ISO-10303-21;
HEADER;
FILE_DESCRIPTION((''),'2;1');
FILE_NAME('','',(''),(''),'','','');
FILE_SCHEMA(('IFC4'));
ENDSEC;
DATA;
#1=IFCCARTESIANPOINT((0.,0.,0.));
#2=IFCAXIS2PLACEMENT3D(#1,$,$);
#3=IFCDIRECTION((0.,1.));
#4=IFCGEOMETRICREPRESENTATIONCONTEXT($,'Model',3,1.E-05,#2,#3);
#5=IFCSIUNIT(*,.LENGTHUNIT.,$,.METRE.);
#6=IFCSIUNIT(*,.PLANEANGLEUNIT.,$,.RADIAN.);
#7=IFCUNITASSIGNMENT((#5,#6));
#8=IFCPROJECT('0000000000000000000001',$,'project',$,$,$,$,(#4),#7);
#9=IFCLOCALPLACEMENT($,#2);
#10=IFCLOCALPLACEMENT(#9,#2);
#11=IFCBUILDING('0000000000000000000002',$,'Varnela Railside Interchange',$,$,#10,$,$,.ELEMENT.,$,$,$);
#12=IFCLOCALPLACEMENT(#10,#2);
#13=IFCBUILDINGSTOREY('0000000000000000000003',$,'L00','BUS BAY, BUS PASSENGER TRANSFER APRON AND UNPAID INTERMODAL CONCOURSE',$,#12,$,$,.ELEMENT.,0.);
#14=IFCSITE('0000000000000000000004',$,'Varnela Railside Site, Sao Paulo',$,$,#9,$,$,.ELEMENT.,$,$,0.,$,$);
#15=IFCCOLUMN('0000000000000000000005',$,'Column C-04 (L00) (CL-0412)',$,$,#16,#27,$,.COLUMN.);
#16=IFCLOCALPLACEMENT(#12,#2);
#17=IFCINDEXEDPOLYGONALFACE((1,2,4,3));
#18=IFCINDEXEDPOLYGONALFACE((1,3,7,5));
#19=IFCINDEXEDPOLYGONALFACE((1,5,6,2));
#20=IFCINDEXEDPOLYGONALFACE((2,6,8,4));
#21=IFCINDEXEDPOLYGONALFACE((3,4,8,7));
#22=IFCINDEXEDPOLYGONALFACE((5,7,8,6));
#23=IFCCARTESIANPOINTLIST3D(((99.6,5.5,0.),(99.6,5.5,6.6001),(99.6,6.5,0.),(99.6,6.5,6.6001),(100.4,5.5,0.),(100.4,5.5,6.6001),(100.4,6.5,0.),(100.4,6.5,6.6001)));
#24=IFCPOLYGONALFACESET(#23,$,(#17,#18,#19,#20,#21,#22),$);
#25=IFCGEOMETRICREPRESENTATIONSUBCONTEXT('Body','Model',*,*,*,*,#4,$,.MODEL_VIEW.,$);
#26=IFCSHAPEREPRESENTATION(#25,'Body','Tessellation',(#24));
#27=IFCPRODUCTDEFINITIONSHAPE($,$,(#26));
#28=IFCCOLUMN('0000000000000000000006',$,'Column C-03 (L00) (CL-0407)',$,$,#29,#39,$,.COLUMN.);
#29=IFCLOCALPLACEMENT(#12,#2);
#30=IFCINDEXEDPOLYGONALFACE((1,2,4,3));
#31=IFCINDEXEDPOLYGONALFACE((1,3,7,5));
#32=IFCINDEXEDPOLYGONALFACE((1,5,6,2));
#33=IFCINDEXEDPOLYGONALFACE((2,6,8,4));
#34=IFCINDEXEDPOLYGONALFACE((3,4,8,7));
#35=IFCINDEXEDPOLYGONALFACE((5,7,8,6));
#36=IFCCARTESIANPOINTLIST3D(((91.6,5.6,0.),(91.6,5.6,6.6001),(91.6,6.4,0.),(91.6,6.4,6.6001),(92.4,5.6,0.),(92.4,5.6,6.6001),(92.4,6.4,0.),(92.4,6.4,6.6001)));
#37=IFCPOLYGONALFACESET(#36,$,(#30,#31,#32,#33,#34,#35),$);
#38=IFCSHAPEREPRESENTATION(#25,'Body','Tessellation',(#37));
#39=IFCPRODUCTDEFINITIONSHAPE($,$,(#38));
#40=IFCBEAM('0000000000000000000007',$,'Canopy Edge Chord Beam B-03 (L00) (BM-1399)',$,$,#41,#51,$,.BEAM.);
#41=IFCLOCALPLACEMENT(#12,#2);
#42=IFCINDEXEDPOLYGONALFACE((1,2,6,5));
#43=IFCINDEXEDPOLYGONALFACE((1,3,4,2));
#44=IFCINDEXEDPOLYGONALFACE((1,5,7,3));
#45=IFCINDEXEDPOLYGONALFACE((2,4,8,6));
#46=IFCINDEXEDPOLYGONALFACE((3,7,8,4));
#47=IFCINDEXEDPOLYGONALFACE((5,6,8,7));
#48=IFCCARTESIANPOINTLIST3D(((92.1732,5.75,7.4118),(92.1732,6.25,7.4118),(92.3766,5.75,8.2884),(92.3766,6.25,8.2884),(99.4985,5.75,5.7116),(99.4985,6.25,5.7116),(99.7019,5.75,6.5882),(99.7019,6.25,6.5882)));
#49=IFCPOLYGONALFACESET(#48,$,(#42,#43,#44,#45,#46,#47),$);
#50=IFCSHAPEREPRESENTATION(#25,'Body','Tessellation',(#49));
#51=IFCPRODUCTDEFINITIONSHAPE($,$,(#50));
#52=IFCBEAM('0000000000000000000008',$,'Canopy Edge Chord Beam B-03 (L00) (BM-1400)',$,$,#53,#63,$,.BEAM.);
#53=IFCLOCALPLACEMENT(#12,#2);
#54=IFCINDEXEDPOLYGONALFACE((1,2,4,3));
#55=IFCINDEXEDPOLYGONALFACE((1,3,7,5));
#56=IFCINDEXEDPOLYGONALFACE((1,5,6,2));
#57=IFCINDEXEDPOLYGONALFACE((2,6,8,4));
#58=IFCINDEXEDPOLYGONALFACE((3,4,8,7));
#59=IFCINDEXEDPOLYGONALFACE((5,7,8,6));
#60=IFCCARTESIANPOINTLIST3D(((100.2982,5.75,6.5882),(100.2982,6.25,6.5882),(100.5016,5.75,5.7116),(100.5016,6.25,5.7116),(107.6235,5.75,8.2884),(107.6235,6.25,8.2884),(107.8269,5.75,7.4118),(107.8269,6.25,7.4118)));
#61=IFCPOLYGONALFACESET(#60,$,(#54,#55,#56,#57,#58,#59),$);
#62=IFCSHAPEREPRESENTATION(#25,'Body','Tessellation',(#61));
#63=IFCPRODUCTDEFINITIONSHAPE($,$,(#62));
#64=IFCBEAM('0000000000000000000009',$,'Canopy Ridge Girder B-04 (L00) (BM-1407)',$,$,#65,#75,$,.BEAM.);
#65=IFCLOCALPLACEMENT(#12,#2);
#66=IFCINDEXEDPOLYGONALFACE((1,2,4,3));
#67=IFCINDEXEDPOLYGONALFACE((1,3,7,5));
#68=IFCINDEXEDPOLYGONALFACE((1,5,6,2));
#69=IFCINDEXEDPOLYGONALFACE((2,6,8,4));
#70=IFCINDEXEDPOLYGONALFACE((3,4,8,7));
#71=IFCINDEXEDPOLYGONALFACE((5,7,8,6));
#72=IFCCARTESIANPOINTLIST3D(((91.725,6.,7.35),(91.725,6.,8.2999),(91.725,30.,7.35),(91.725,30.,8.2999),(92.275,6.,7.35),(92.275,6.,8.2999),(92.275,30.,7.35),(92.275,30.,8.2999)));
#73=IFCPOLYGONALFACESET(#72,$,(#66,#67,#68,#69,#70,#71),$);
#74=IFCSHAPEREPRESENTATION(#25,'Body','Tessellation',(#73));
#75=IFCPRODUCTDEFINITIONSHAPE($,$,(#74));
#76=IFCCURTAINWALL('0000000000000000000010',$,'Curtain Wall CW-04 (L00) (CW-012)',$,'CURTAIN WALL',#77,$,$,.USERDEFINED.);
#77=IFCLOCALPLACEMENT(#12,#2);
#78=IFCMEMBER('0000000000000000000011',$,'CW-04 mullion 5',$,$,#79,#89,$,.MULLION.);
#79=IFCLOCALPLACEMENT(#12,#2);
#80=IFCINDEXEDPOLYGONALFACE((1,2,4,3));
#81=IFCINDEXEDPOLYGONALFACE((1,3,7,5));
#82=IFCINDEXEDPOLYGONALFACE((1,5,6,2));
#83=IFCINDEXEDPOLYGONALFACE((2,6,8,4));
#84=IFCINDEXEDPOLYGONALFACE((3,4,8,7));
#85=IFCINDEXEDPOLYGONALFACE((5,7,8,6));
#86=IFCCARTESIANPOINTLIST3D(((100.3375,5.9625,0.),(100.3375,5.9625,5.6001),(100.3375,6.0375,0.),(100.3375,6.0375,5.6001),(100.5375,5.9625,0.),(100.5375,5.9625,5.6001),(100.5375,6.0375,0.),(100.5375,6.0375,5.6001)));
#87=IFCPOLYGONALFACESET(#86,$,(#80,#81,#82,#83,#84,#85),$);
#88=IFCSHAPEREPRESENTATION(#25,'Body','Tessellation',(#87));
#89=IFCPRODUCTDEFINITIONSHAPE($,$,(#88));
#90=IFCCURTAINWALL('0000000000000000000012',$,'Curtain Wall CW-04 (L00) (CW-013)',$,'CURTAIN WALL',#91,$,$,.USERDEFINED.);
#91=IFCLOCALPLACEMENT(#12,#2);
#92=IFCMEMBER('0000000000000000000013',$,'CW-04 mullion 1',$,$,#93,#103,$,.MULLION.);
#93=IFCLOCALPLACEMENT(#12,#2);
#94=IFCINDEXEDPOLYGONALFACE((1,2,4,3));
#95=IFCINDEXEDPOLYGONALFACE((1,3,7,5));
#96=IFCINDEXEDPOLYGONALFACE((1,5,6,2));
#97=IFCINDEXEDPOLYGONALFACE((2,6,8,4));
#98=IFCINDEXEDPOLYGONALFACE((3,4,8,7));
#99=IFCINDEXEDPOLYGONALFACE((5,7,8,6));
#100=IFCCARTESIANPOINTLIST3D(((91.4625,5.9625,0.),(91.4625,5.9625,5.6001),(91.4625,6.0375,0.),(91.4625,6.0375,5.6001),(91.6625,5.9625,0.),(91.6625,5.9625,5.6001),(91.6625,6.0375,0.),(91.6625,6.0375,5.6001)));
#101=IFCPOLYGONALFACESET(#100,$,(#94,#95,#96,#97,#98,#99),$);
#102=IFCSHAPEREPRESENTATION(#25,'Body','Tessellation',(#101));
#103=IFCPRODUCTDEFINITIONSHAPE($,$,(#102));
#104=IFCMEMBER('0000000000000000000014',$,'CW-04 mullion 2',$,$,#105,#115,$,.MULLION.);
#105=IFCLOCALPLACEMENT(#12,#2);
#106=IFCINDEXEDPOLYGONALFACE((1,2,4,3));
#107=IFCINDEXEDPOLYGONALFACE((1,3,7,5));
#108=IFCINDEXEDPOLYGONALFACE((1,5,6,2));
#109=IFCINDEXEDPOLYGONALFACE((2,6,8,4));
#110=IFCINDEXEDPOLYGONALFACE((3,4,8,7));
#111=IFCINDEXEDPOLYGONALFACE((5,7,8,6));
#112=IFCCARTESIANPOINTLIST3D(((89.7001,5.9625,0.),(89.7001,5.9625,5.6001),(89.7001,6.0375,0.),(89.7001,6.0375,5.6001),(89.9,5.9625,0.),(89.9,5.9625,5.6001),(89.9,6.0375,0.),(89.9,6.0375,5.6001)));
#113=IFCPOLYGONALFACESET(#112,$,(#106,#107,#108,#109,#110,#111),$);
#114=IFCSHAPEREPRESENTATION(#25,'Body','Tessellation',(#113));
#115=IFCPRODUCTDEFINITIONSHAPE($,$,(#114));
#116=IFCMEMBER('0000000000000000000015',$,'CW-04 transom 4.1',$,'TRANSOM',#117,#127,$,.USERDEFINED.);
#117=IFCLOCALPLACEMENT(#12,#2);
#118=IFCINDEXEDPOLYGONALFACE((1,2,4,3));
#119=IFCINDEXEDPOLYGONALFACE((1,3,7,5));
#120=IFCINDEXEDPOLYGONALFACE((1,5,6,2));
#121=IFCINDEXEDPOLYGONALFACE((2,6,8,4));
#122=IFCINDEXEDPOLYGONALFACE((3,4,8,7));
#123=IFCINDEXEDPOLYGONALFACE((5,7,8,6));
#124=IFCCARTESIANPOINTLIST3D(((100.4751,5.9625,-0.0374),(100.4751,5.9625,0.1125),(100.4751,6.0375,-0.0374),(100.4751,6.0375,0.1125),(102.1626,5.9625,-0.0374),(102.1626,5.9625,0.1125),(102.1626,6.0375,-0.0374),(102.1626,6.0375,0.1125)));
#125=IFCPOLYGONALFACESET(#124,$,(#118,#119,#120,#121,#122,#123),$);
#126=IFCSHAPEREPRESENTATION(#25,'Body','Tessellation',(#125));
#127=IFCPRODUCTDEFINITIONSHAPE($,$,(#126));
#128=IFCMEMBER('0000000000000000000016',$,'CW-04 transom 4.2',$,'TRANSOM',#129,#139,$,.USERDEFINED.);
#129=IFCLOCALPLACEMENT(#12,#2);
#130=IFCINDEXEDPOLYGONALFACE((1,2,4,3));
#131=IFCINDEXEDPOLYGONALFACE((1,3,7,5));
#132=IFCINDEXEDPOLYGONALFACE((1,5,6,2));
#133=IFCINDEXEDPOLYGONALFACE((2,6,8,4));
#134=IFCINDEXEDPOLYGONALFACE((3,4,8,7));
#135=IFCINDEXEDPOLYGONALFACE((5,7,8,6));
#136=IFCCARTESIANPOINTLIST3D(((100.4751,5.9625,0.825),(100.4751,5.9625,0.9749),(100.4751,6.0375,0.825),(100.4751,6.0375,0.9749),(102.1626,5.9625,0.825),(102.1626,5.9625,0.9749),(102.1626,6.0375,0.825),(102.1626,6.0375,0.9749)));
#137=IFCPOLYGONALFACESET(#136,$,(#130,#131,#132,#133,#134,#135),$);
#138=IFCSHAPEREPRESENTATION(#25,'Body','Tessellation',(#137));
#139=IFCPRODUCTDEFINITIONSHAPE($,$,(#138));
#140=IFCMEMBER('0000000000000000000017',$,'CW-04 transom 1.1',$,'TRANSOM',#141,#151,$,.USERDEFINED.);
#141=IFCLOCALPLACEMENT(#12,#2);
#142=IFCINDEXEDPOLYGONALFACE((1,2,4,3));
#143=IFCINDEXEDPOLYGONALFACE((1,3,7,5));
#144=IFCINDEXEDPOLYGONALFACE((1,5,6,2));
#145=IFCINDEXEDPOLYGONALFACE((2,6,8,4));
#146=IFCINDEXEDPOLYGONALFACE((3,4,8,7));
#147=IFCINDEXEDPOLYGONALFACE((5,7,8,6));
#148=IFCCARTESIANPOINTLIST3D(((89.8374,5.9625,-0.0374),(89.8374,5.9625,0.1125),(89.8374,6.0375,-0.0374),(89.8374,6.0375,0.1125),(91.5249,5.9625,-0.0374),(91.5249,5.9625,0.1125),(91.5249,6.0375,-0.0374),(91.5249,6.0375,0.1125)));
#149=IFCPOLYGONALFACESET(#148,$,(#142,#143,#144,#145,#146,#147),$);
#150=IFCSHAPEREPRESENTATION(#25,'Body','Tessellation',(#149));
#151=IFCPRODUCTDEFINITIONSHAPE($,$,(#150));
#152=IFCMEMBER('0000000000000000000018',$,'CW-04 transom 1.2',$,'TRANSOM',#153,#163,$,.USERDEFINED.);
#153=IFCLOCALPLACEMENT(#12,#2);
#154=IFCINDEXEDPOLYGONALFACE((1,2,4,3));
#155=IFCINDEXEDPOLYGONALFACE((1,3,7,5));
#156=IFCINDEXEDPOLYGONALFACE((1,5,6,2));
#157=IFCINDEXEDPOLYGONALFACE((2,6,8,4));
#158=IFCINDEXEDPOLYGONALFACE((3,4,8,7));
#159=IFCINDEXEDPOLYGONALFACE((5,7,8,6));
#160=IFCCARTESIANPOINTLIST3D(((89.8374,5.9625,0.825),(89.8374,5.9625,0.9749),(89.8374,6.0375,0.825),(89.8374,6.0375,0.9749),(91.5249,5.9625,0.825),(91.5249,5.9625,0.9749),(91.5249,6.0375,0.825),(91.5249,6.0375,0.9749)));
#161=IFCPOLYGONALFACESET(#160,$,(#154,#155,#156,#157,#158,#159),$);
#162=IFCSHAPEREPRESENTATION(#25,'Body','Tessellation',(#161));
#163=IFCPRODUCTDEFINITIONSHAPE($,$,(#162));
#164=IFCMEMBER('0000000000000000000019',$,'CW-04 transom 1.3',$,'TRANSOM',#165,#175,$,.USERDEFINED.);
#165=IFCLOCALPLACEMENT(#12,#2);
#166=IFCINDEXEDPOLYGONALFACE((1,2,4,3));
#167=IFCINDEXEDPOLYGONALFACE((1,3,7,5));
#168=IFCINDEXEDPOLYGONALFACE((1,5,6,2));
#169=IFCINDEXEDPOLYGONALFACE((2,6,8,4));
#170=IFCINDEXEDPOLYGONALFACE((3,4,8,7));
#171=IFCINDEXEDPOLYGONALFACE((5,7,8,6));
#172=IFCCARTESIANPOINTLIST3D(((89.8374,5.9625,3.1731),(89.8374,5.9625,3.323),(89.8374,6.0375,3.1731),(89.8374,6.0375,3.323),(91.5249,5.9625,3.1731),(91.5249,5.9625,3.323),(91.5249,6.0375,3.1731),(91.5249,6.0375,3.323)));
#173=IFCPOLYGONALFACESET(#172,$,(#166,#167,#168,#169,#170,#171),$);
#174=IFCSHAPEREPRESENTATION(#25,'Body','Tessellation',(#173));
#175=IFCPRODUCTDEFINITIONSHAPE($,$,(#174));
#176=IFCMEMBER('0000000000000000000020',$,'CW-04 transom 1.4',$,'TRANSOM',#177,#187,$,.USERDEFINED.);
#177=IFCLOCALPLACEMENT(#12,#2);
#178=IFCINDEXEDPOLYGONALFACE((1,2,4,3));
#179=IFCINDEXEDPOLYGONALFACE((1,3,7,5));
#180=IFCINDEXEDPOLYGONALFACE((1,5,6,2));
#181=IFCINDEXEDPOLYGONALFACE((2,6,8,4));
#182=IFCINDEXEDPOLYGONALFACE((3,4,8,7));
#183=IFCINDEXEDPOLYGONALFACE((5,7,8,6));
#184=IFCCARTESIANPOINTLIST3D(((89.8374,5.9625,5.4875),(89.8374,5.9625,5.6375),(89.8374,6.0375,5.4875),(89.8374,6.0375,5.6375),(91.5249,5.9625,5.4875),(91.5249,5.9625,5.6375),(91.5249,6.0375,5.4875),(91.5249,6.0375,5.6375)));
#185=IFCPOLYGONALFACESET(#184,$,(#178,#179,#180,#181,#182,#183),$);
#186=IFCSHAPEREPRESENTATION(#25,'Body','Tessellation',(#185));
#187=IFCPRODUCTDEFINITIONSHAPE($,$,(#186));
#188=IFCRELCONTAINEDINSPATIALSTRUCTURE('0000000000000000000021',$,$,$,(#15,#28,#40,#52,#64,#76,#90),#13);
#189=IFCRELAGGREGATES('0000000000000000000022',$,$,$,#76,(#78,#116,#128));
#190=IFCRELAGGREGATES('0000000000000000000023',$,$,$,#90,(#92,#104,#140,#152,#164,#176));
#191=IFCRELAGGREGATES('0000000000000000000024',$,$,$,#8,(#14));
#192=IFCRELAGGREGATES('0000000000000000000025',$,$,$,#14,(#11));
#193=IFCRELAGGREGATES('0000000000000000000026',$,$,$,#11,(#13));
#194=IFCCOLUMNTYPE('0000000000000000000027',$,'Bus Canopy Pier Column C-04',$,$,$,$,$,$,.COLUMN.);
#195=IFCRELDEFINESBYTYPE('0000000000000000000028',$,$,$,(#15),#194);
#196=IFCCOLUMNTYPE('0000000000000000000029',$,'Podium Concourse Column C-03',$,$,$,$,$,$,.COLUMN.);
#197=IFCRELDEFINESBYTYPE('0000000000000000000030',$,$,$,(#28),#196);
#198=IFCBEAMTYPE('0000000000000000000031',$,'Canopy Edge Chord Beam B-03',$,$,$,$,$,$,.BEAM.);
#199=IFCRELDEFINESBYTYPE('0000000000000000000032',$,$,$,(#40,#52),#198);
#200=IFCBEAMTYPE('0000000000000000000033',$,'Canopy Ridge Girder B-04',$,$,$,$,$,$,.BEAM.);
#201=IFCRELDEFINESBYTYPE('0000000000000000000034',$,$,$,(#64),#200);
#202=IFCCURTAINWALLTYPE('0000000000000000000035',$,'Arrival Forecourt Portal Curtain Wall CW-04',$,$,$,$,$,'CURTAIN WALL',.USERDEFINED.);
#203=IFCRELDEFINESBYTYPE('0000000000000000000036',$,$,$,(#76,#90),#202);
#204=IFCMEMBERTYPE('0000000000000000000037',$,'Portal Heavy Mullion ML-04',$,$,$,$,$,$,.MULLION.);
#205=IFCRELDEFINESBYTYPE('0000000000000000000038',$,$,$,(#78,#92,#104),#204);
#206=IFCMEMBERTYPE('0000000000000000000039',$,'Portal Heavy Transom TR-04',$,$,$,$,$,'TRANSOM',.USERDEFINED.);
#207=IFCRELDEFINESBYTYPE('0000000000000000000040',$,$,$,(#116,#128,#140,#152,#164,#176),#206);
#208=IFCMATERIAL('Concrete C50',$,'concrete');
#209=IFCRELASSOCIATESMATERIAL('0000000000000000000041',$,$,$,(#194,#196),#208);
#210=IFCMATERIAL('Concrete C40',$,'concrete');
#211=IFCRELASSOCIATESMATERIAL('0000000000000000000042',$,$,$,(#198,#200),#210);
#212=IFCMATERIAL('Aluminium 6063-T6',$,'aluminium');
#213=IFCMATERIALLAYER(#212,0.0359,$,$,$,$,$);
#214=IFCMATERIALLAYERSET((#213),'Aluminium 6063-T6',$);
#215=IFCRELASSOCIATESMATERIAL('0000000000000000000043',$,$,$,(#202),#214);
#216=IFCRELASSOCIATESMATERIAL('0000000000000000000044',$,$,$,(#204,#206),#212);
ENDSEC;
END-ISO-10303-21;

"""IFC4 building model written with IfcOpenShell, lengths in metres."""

from ifc_helpers import new_model, si_unit, direction, frame, origin, origin_2d, place, context, subcontext, project, spatial, rectangle, extrude, material, layer, layer_set, material_profile, profile_set, type_object, element, aggregate, save


model = new_model("IFC4")

# Units and contexts
model_context = context("Model", 3, precision=1e-05, world=origin(), true_north=direction((0.0, 1.0)))
body_context = subcontext(model_context, "Body", "Model", "MODEL_VIEW")
ifc_project = project(units=[si_unit("LENGTHUNIT", "METRE"), si_unit("PLANEANGLEUNIT", "RADIAN")], contexts=[model_context])

# Site, building, storey
site_placement = place(None, origin())
site = spatial("IfcSite", under=ifc_project, at=site_placement, Name="Varnela Railside Site, Sao Paulo", CompositionType="ELEMENT", RefElevation=0.0)
building_placement = place(site_placement, origin())
building = spatial("IfcBuilding", under=site, at=building_placement, Name="Varnela Railside Interchange", CompositionType="ELEMENT")
storey_placement = place(building_placement, origin())
storey = spatial("IfcBuildingStorey", under=building, at=storey_placement, Name="L00", Description="BUS BAY, BUS PASSENGER TRANSFER APRON AND UNPAID INTERMODAL CONCOURSE", CompositionType="ELEMENT", Elevation=0.0)

# Columns
ifc_material_1 = material(Name="Concrete C50", Category="concrete")
ifc_material_profile_1 = material_profile(ifc_material_1, rectangle(XDim=0.8, YDim=1.0, at=origin_2d()), Name="RC 800x1000")
ifc_profile_set_1 = profile_set([ifc_material_profile_1], Name="Concrete C50")
column_type_1 = type_object("IfcColumnType", Name="Bus Canopy Pier Column C-04", PredefinedType="COLUMN", material=ifc_profile_set_1)
column_1_placement = place(storey_placement, frame((100.0, 6.0, 0.0), z_axis=(0.0, 0.0, 1.0), x_axis=(1.0, 0.0, 0.0)))
element("IfcColumn", 1, at=column_1_placement, inside=storey, type_object=column_type_1, Name="Column C-04 (L00) (CL-0412)", PredefinedType="COLUMN", context=body_context, shape_type="SweptSolid", body=[
    extrude(rectangle(XDim=0.8, YDim=1.0, at=origin_2d()), origin(), (0.0, 0.0, 1.0), 6.6001),
])
ifc_material_profile_2 = material_profile(ifc_material_1, rectangle(XDim=0.8, YDim=0.8, at=origin_2d()), Name="RC 800x800")
ifc_profile_set_2 = profile_set([ifc_material_profile_2], Name="Concrete C50")
column_type_2 = type_object("IfcColumnType", Name="Podium Concourse Column C-03", PredefinedType="COLUMN", material=ifc_profile_set_2)
column_2_placement = place(storey_placement, frame((92.0, 6.0, 0.0), z_axis=(0.0, 0.0, 1.0), x_axis=(1.0, 0.0, 0.0)))
element("IfcColumn", 2, at=column_2_placement, inside=storey, type_object=column_type_2, Name="Column C-03 (L00) (CL-0407)", PredefinedType="COLUMN", context=body_context, shape_type="SweptSolid", body=[
    extrude(rectangle(XDim=0.8, YDim=0.8, at=origin_2d()), origin(), (0.0, 0.0, 1.0), 6.6001),
])

# Beams
ifc_material_2 = material(Name="Concrete C40", Category="concrete")
ifc_material_profile_3 = material_profile(ifc_material_2, rectangle(XDim=0.5, YDim=0.8999, at=origin_2d()), Name="RC 500x900")
ifc_profile_set_3 = profile_set([ifc_material_profile_3], Name="Concrete C40")
beam_type_1 = type_object("IfcBeamType", Name="Canopy Edge Chord Beam B-03", PredefinedType="BEAM", material=ifc_profile_set_3)
for number, where, z_axis, x_axis, name in (
    (3, (92.2749, 6.0, 7.8501), (0.974106, 0.0, -0.226092), (0.0, 1.0, 0.0), "Canopy Edge Chord Beam B-03 (L00) (BM-1399)"),
    (4, (100.3999, 6.0, 6.1499), (0.974106, 0.0, 0.226092), (0.0, 1.0, 0.0), "Canopy Edge Chord Beam B-03 (L00) (BM-1400)"),
):
    element("IfcBeam", number, at=place(storey_placement, frame(where, z_axis=z_axis, x_axis=x_axis)), inside=storey, type_object=beam_type_1, Name=name, PredefinedType="BEAM", context=body_context, shape_type="SweptSolid", body=[
        extrude(rectangle(XDim=0.5, YDim=0.8999, at=origin_2d()), origin(), (0.0, 0.0, 1.0), 7.52),
    ])
ifc_material_profile_4 = material_profile(ifc_material_2, rectangle(XDim=0.55, YDim=0.95, at=origin_2d()), Name="RC 550x950")
ifc_profile_set_4 = profile_set([ifc_material_profile_4], Name="Concrete C40")
beam_type_2 = type_object("IfcBeamType", Name="Canopy Ridge Girder B-04", PredefinedType="BEAM", material=ifc_profile_set_4)
beam_placement = place(storey_placement, frame((92.0, 6.0, 7.825), z_axis=(0.0, 1.0, 0.0), x_axis=(-1.0, 0.0, 0.0)))
element("IfcBeam", 5, at=beam_placement, inside=storey, type_object=beam_type_2, Name="Canopy Ridge Girder B-04 (L00) (BM-1407)", PredefinedType="BEAM", context=body_context, shape_type="SweptSolid", body=[
    extrude(rectangle(XDim=0.55, YDim=0.95, at=origin_2d()), origin(), (0.0, 0.0, 1.0), 24.0),
])

# Curtain wall, member
ifc_material_3 = material(Name="Aluminium 6063-T6", Category="aluminium")
ifc_layer_1 = layer(ifc_material_3, 0.0359)
ifc_layer_set_1 = layer_set([ifc_layer_1], Name="Aluminium 6063-T6")
curtain_wall_type = type_object("IfcCurtainWallType", Name="Arrival Forecourt Portal Curtain Wall CW-04", ElementType="CURTAIN WALL", PredefinedType="USERDEFINED", material=ifc_layer_set_1)
curtain_wall_1_placement = place(storey_placement, origin())
curtain_wall_1 = element("IfcCurtainWall", 6, at=curtain_wall_1_placement, inside=storey, type_object=curtain_wall_type, Name="Curtain Wall CW-04 (L00) (CW-012)", ObjectType="CURTAIN WALL", PredefinedType="USERDEFINED")
ifc_material_profile_5 = material_profile(ifc_material_3, rectangle(XDim=0.075, YDim=0.2, at=origin_2d()), Name="ALU 75x200")
ifc_profile_set_5 = profile_set([ifc_material_profile_5], Name="Aluminium 6063-T6")
member_type_1 = type_object("IfcMemberType", Name="Portal Heavy Mullion ML-04", PredefinedType="MULLION", material=ifc_profile_set_5)
member_1_placement = place(storey_placement, frame((100.4375, 6.0, 0.0), z_axis=(0.0, 0.0, 1.0), x_axis=(0.0, -1.0, 0.0)))
member_1 = element("IfcMember", 7, at=member_1_placement, type_object=member_type_1, Name="CW-04 mullion 5", PredefinedType="MULLION", context=body_context, shape_type="SweptSolid", body=[
    extrude(rectangle(XDim=0.075, YDim=0.2, at=origin_2d()), origin(), (0.0, 0.0, 1.0), 5.6001),
])

# Curtain wall, members
curtain_wall_2_placement = place(storey_placement, origin())
curtain_wall_2 = element("IfcCurtainWall", 8, at=curtain_wall_2_placement, inside=storey, type_object=curtain_wall_type, Name="Curtain Wall CW-04 (L00) (CW-013)", ObjectType="CURTAIN WALL", PredefinedType="USERDEFINED")
member_2_placement = place(storey_placement, frame((91.5625, 6.0, 0.0), z_axis=(0.0, 0.0, 1.0), x_axis=(0.0, -1.0, 0.0)))
member_2 = element("IfcMember", 9, at=member_2_placement, type_object=member_type_1, Name="CW-04 mullion 1", PredefinedType="MULLION", context=body_context, shape_type="SweptSolid", body=[
    extrude(rectangle(XDim=0.075, YDim=0.2, at=origin_2d()), origin(), (0.0, 0.0, 1.0), 5.6001),
])
member_3_placement = place(storey_placement, frame((89.8, 6.0, 0.0), z_axis=(0.0, 0.0, 1.0), x_axis=(0.0, -1.0, 0.0)))
member_3 = element("IfcMember", 10, at=member_3_placement, type_object=member_type_1, Name="CW-04 mullion 2", PredefinedType="MULLION", context=body_context, shape_type="SweptSolid", body=[
    extrude(rectangle(XDim=0.075, YDim=0.2, at=origin_2d()), origin(), (0.0, 0.0, 1.0), 5.6001),
])

# Members
ifc_material_profile_6 = material_profile(ifc_material_3, rectangle(XDim=0.075, YDim=0.1499, at=origin_2d()), Name="ALU 75x150")
ifc_profile_set_6 = profile_set([ifc_material_profile_6], Name="Aluminium 6063-T6")
member_type_2 = type_object("IfcMemberType", Name="Portal Heavy Transom TR-04", ElementType="TRANSOM", PredefinedType="USERDEFINED", material=ifc_profile_set_6)
member_4_placement = place(storey_placement, frame((102.1626, 6.0, 0.0376), z_axis=(-1.0, 0.0, 0.0), x_axis=(0.0, -1.0, 0.0)))
member_4 = element("IfcMember", 11, at=member_4_placement, type_object=member_type_2, Name="CW-04 transom 4.1", ObjectType="TRANSOM", PredefinedType="USERDEFINED", context=body_context, shape_type="SweptSolid", body=[
    extrude(rectangle(XDim=0.075, YDim=0.1499, at=origin_2d()), origin(), (0.0, 0.0, 1.0), 1.6875),
])
member_5_placement = place(storey_placement, frame((102.1626, 6.0, 0.8999), z_axis=(-1.0, 0.0, 0.0), x_axis=(0.0, -1.0, 0.0)))
member_5 = element("IfcMember", 12, at=member_5_placement, type_object=member_type_2, Name="CW-04 transom 4.2", ObjectType="TRANSOM", PredefinedType="USERDEFINED", context=body_context, shape_type="SweptSolid", body=[
    extrude(rectangle(XDim=0.075, YDim=0.1499, at=origin_2d()), origin(), (0.0, 0.0, 1.0), 1.6875),
])
member_6_placement = place(storey_placement, frame((91.5249, 6.0, 0.0376), z_axis=(-1.0, 0.0, 0.0), x_axis=(0.0, -1.0, 0.0)))
member_6 = element("IfcMember", 13, at=member_6_placement, type_object=member_type_2, Name="CW-04 transom 1.1", ObjectType="TRANSOM", PredefinedType="USERDEFINED", context=body_context, shape_type="SweptSolid", body=[
    extrude(rectangle(XDim=0.075, YDim=0.1499, at=origin_2d()), origin(), (0.0, 0.0, 1.0), 1.6875),
])
member_7_placement = place(storey_placement, frame((91.5249, 6.0, 0.8999), z_axis=(-1.0, 0.0, 0.0), x_axis=(0.0, -1.0, 0.0)))
member_7 = element("IfcMember", 14, at=member_7_placement, type_object=member_type_2, Name="CW-04 transom 1.2", ObjectType="TRANSOM", PredefinedType="USERDEFINED", context=body_context, shape_type="SweptSolid", body=[
    extrude(rectangle(XDim=0.075, YDim=0.1499, at=origin_2d()), origin(), (0.0, 0.0, 1.0), 1.6875),
])
member_8_placement = place(storey_placement, frame((91.5249, 6.0, 3.248), z_axis=(-1.0, 0.0, 0.0), x_axis=(0.0, -1.0, 0.0)))
member_8 = element("IfcMember", 15, at=member_8_placement, type_object=member_type_2, Name="CW-04 transom 1.3", ObjectType="TRANSOM", PredefinedType="USERDEFINED", context=body_context, shape_type="SweptSolid", body=[
    extrude(rectangle(XDim=0.075, YDim=0.1499, at=origin_2d()), origin(), (0.0, 0.0, 1.0), 1.6875),
])
member_9_placement = place(storey_placement, frame((91.5249, 6.0, 5.5625), z_axis=(-1.0, 0.0, 0.0), x_axis=(0.0, -1.0, 0.0)))
member_9 = element("IfcMember", 16, at=member_9_placement, type_object=member_type_2, Name="CW-04 transom 1.4", ObjectType="TRANSOM", PredefinedType="USERDEFINED", context=body_context, shape_type="SweptSolid", body=[
    extrude(rectangle(XDim=0.075, YDim=0.1499, at=origin_2d()), origin(), (0.0, 0.0, 1.0), 1.6875),
])

aggregate(curtain_wall_1, [member_1, member_4, member_5])
aggregate(curtain_wall_2, [member_2, member_3, member_6, member_7, member_8, member_9])

save(model, "model.ifc")
